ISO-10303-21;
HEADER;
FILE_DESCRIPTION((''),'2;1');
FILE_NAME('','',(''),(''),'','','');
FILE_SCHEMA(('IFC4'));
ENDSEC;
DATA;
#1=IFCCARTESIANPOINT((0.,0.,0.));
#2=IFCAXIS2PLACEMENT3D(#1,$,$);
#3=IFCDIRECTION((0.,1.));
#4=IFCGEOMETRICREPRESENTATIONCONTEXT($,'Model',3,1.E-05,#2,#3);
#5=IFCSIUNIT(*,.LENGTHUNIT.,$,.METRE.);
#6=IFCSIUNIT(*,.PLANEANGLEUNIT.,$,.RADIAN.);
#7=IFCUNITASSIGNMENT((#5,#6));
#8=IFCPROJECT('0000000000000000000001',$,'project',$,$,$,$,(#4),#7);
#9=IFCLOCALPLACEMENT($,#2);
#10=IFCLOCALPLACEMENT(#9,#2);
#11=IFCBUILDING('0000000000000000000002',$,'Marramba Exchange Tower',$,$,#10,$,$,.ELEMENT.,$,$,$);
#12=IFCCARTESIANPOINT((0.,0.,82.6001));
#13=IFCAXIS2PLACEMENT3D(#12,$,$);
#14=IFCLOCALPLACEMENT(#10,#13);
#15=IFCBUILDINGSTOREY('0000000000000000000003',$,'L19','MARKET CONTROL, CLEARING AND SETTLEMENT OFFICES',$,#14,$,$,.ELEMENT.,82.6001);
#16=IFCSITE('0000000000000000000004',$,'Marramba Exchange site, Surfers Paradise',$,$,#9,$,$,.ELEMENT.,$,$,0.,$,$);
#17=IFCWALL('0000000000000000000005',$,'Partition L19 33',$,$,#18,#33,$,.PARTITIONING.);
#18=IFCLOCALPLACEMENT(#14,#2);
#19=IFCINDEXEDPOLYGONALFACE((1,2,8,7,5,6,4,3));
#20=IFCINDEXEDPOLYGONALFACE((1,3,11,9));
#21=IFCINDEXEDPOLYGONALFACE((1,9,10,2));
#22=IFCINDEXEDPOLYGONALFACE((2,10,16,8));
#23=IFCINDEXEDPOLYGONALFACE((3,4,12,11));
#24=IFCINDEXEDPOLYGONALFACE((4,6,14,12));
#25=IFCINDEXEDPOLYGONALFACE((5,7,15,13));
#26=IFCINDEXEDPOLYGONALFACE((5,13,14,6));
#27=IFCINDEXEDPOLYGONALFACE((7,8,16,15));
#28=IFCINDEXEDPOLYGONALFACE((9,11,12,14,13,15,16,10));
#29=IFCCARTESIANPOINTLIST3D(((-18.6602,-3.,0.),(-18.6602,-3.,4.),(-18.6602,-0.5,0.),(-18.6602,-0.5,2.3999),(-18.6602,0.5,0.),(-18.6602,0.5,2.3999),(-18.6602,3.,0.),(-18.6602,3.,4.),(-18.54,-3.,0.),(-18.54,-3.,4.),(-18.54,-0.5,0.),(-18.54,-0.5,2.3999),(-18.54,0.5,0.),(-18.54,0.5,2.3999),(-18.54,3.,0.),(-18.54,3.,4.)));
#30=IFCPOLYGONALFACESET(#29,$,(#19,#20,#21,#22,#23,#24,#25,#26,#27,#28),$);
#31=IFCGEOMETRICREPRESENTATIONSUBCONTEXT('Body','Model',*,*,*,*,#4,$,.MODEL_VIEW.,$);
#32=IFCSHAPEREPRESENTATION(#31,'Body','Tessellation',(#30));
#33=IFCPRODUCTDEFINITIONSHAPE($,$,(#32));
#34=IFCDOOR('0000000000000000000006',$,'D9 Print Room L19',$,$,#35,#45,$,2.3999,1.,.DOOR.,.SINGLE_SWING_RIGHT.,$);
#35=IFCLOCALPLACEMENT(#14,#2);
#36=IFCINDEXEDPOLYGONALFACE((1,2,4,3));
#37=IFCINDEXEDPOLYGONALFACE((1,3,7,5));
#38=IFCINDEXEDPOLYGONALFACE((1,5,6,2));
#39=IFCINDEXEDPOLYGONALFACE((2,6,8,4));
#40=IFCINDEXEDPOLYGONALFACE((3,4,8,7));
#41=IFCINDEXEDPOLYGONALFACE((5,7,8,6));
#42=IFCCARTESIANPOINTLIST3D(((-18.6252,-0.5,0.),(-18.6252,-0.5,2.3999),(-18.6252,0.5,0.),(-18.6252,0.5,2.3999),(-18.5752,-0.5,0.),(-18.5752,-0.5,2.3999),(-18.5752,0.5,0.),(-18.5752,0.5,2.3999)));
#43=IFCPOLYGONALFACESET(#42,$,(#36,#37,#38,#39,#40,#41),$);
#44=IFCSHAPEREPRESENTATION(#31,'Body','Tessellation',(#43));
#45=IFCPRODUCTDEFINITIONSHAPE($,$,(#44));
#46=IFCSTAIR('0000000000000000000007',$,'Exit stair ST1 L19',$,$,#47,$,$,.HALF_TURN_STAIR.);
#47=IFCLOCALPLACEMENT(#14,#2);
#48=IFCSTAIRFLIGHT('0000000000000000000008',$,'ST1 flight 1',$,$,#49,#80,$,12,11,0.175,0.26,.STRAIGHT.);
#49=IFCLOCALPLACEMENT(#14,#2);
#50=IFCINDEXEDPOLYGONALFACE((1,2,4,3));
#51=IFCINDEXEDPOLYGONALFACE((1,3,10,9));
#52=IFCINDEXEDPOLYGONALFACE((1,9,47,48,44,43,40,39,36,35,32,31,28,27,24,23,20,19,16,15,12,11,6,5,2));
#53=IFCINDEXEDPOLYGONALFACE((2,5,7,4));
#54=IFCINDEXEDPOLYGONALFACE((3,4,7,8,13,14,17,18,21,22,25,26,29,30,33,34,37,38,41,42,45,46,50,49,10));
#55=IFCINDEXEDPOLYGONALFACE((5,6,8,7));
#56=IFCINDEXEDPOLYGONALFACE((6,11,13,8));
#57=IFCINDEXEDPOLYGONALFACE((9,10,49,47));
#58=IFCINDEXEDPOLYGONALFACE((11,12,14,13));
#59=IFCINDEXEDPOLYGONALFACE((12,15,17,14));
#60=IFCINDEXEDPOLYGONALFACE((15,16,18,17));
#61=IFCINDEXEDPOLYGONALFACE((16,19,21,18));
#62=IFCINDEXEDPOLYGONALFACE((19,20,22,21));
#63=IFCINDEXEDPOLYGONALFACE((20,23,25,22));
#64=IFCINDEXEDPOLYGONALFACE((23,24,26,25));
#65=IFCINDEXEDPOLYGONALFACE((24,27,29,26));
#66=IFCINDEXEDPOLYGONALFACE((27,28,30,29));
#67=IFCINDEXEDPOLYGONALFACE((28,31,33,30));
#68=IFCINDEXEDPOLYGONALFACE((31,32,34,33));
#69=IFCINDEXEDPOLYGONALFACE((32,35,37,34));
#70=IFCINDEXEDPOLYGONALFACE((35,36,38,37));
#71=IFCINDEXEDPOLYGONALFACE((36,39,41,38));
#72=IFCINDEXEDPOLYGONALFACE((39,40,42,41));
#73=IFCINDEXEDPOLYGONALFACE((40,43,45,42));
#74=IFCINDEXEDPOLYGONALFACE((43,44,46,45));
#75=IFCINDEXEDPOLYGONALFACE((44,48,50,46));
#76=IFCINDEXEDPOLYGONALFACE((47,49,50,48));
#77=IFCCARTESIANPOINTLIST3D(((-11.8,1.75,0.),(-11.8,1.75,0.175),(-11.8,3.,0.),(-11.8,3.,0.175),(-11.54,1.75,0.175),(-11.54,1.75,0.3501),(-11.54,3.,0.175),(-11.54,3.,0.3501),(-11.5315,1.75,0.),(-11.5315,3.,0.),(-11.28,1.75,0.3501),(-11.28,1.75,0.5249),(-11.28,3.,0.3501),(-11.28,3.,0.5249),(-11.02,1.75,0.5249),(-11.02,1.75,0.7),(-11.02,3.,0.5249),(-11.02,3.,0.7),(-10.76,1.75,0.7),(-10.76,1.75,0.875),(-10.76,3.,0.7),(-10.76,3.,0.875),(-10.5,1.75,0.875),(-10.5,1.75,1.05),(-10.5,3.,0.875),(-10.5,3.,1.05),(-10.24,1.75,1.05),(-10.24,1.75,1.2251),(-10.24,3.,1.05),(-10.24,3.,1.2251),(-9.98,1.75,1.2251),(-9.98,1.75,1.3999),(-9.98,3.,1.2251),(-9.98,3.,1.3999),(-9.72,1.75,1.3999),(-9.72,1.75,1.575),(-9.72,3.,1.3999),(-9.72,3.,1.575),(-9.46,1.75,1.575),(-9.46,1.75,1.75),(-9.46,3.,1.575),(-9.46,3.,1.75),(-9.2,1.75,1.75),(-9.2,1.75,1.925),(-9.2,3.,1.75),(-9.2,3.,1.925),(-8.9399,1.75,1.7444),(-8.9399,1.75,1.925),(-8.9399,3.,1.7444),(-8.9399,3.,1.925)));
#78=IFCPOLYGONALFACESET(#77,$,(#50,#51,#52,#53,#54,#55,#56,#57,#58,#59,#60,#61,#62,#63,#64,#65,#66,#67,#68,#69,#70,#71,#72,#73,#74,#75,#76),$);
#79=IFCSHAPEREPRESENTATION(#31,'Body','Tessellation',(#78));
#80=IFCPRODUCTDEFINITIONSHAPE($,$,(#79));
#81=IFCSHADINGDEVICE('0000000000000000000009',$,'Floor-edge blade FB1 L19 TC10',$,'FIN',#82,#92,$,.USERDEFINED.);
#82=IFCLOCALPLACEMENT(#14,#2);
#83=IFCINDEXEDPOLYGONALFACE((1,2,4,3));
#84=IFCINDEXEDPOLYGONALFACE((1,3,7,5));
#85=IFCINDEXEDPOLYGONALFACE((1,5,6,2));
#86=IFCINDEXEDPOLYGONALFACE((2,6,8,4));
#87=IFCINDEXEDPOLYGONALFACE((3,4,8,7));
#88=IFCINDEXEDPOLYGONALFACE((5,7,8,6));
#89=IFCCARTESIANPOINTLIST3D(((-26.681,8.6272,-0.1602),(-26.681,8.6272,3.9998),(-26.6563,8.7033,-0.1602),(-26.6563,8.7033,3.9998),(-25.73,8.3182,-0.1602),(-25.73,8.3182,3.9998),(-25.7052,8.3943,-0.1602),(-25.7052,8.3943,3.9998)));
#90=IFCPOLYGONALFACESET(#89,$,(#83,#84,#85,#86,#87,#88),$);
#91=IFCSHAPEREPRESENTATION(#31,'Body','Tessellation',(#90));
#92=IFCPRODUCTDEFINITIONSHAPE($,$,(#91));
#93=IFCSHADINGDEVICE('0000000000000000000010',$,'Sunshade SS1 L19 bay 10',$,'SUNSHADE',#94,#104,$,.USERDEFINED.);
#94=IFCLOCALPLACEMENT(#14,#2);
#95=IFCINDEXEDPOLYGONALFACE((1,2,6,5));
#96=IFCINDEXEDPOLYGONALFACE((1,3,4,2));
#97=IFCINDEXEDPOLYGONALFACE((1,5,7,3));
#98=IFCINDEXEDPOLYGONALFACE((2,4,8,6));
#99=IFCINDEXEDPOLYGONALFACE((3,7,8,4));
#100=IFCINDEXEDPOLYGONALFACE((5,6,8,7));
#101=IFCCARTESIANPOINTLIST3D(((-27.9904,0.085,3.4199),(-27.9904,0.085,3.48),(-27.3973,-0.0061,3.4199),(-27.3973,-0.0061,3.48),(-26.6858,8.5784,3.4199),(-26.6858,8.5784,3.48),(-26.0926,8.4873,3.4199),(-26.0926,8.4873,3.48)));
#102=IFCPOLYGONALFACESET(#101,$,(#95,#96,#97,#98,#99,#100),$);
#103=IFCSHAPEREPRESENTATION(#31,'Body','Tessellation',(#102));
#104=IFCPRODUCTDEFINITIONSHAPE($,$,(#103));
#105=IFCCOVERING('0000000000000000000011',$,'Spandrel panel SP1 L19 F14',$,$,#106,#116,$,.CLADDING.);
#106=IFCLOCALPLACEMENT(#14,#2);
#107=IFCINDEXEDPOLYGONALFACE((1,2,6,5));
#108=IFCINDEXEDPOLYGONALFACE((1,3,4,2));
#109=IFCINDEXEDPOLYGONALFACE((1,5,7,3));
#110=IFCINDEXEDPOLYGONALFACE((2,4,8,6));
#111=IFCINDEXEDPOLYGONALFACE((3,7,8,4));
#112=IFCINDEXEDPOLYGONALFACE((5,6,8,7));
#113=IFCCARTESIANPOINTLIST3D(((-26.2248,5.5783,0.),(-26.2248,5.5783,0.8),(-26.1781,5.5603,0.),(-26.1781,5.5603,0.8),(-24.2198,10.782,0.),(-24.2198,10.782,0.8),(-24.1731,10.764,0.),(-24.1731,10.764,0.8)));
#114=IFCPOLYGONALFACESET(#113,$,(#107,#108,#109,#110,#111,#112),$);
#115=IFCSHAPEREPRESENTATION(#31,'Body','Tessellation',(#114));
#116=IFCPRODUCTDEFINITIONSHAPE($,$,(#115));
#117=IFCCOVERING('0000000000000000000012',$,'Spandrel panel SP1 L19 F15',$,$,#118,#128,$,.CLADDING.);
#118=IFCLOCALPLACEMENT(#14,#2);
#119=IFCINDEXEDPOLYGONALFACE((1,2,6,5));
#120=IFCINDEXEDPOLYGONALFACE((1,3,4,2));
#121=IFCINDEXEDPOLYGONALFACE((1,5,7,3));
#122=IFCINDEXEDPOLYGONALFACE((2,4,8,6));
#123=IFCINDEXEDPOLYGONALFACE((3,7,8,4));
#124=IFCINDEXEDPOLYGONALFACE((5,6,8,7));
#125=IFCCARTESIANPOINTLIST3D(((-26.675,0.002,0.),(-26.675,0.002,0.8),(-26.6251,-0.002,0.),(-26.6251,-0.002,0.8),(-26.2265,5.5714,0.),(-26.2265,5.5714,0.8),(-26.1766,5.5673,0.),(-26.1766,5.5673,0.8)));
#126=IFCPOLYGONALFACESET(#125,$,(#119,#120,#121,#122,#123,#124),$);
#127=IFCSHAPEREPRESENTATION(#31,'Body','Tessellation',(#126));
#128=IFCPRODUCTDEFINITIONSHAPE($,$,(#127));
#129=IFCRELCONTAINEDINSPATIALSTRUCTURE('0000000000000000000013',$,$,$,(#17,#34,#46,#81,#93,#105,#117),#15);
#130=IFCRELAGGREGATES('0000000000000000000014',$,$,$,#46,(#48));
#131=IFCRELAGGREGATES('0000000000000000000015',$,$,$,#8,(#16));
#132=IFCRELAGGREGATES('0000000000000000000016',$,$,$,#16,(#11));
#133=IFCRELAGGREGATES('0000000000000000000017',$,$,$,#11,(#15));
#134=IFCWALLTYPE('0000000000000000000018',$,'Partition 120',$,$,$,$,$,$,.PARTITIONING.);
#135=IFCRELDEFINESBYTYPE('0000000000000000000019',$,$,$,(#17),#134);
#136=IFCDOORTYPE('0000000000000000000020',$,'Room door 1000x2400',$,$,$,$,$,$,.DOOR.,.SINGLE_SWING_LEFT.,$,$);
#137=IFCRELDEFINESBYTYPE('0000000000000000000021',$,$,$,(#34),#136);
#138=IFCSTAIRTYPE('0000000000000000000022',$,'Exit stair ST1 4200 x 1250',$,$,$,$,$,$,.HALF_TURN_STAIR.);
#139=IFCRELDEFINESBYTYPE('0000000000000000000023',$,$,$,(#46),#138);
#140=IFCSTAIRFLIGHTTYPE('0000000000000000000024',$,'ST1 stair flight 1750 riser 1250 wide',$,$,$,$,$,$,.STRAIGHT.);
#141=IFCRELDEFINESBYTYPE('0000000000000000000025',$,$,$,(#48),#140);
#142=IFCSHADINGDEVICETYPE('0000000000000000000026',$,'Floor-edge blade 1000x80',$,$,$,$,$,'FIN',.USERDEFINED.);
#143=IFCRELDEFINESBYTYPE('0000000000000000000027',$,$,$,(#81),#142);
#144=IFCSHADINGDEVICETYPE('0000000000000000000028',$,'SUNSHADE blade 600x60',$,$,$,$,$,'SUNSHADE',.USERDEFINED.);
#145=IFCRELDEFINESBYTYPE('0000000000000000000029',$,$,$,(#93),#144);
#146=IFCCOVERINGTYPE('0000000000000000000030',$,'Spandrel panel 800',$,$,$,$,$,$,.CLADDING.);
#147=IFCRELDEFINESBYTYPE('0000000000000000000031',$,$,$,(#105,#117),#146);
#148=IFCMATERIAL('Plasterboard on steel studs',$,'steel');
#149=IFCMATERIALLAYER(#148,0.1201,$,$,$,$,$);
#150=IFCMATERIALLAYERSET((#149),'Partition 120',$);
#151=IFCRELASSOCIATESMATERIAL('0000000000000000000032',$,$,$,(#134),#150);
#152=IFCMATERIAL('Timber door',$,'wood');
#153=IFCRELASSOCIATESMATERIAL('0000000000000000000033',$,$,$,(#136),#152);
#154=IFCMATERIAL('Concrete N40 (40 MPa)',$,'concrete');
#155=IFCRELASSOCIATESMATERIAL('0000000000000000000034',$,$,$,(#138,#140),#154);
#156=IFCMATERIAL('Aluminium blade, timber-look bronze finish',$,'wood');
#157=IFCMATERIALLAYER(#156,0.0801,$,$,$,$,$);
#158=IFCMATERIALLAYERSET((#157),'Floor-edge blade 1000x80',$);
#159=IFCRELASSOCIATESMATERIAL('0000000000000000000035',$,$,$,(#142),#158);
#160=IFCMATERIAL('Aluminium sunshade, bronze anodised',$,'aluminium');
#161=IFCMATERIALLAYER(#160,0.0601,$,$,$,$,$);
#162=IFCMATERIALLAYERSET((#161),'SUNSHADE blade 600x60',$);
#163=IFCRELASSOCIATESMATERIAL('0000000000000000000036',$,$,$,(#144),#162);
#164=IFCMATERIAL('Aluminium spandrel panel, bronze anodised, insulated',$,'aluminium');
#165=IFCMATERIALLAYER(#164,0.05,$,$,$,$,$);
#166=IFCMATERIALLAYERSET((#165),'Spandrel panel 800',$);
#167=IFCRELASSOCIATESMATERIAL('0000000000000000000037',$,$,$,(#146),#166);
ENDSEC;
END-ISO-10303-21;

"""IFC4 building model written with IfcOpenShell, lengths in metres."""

from ifc_helpers import new_model, si_unit, direction, frame, frame_2d, origin, origin_2d, place, context, subcontext, project, spatial, polyline, rectangle, outline, extrude, material, layer, layer_set, type_object, element, fill, aggregate, save


model = new_model("IFC4")

# Units and contexts
model_context = context("Model", 3, precision=1e-05, world=origin(), true_north=direction((0.0, 1.0)))
body_context = subcontext(model_context, "Body", "Model", "MODEL_VIEW")
ifc_project = project(units=[si_unit("LENGTHUNIT", "METRE"), si_unit("PLANEANGLEUNIT", "RADIAN")], contexts=[model_context])

# Site, building, storey
site_placement = place(None, origin())
site = spatial("IfcSite", under=ifc_project, at=site_placement, Name="Marramba Exchange site, Surfers Paradise", CompositionType="ELEMENT", RefElevation=0.0)
building_placement = place(site_placement, origin())
building = spatial("IfcBuilding", under=site, at=building_placement, Name="Marramba Exchange Tower", CompositionType="ELEMENT")
storey_placement = place(building_placement, frame((0.0, 0.0, 82.6001)))
storey = spatial("IfcBuildingStorey", under=building, at=storey_placement, Name="L19", Description="MARKET CONTROL, CLEARING AND SETTLEMENT OFFICES", CompositionType="ELEMENT", Elevation=82.6001)

# Shared definitions
ifc_material_1 = material(Name="Plasterboard on steel studs", Category="steel")
ifc_layer_1 = layer(ifc_material_1, 0.1201)
ifc_layer_set_1 = layer_set([ifc_layer_1], Name="Partition 120")
wall_type_1 = type_object("IfcWallType", Name="Partition 120", PredefinedType="PARTITIONING", material=ifc_layer_set_1)

# Wall, opening, door
wall_1_placement = place(storey_placement, frame((-18.6001, 3.0, 0.0), z_axis=(0.0, 0.0, 1.0), x_axis=(0.0, -1.0, 0.0)))
wall_1 = element("IfcWall", 1, at=wall_1_placement, inside=storey, type_object=wall_type_1, Name="Partition L19 33", PredefinedType="PARTITIONING", context=body_context, shape_type="SweptSolid", body=[
    extrude(rectangle(XDim=6.0, YDim=0.1201, at=frame_2d((3.0, 0.0))), origin(), (0.0, 0.0, 1.0), 4.0),
])
opening_1_placement = place(wall_1_placement, frame((2.5, 0.0, 0.0)))
opening_1 = element("IfcOpeningElement", 2, at=opening_1_placement, cuts=wall_1, PredefinedType="OPENING", context=body_context, shape_type="SweptSolid", body=[
    extrude(rectangle(XDim=1.0, YDim=2.3999, at=frame_2d((0.5, 1.2))), frame((0.0, 0.0701, 0.0), z_axis=(0.0, -1.0, 0.0), x_axis=(1.0, 0.0, 0.0)), (0.0, 0.0, 1.0), 0.1401),
])
ifc_material_2 = material(Name="Timber door", Category="wood")
door_type_1 = type_object("IfcDoorType", Name="Room door 1000x2400", OperationType="SINGLE_SWING_LEFT", PredefinedType="DOOR", material=ifc_material_2)
door_1_placement = place(opening_1_placement, origin())
door_1 = element("IfcDoor", 3, at=door_1_placement, inside=storey, type_object=door_type_1, Name="D9 Print Room L19", OperationType="SINGLE_SWING_RIGHT", OverallHeight=2.3999, OverallWidth=1.0, PredefinedType="DOOR", context=body_context, shape_type="SweptSolid", body=[
    extrude(rectangle(XDim=1.0, YDim=2.3999, at=frame_2d((0.5, 1.2))), frame((0.0, 0.0249, 0.0), z_axis=(0.0, -1.0, 0.0), x_axis=(1.0, 0.0, 0.0)), (0.0, 0.0, 1.0), 0.05),
])
fill(opening_1, door_1)

# Stair, stair flight
ifc_material_3 = material(Name="Concrete N40 (40 MPa)", Category="concrete")
stair_type = type_object("IfcStairType", Name="Exit stair ST1 4200 x 1250", PredefinedType="HALF_TURN_STAIR", material=ifc_material_3)
stair_placement = place(storey_placement, origin())
stair = element("IfcStair", 4, at=stair_placement, inside=storey, type_object=stair_type, Name="Exit stair ST1 L19", PredefinedType="HALF_TURN_STAIR")
stair_flight_type = type_object("IfcStairFlightType", Name="ST1 stair flight 1750 riser 1250 wide", PredefinedType="STRAIGHT", material=ifc_material_3)
stair_flight_placement = place(storey_placement, frame((-11.8, 2.375, 0.0), z_axis=(0.0, 0.0, 1.0), x_axis=(1.0, 0.0, 0.0)))
stair_flight = element("IfcStairFlight", 5, at=stair_flight_placement, type_object=stair_flight_type, Name="ST1 flight 1", NumberOfRisers=12, NumberOfTreads=11, PredefinedType="STRAIGHT", RiserHeight=0.175, TreadLength=0.26, context=body_context, shape_type="SweptSolid", body=[
    extrude(outline(polyline([(0.0, 0.0), (0.0, 0.175), (0.26, 0.175), (0.26, 0.3501), (0.52, 0.3501), (0.52, 0.5249), (0.78, 0.5249), (0.78, 0.7), (1.04, 0.7), (1.04, 0.875), (1.3, 0.875), (1.3, 1.05), (1.5601, 1.05), (1.5601, 1.2251), (1.8201, 1.2251), (1.8201, 1.3999), (2.0801, 1.3999), (2.0801, 1.575), (2.3401, 1.575), (2.3401, 1.75), (2.6001, 1.75), (2.6001, 1.925), (2.8601, 1.925), (2.8601, 2.1001), (2.8601, 1.7444), (0.2686, 0.0), (0.0, 0.0)])), frame((0.0, 0.625, 0.0), z_axis=(0.0, -1.0, 0.0), x_axis=(1.0, 0.0, 0.0)), (0.0, 0.0, 1.0), 1.25),
])
aggregate(stair, [stair_flight])

# Shading devices
ifc_material_4 = material(Name="Aluminium blade, timber-look bronze finish", Category="wood")
ifc_layer_2 = layer(ifc_material_4, 0.0801)
ifc_layer_set_2 = layer_set([ifc_layer_2], Name="Floor-edge blade 1000x80")
shading_device_type_1 = type_object("IfcShadingDeviceType", Name="Floor-edge blade 1000x80", ElementType="FIN", PredefinedType="USERDEFINED", material=ifc_layer_set_2)
shading_device_1_placement = place(storey_placement, frame((-26.1931, 8.5107, -0.1602), z_axis=(0.0, 0.0, 1.0), x_axis=(-0.951057, 0.309017, 0.0)))
element("IfcShadingDevice", 6, at=shading_device_1_placement, inside=storey, type_object=shading_device_type_1, Name="Floor-edge blade FB1 L19 TC10", ObjectType="FIN", PredefinedType="USERDEFINED", context=body_context, shape_type="SweptSolid", body=[
    extrude(rectangle(XDim=1.0, YDim=0.0801, at=origin_2d()), origin(), (0.0, 0.0, 1.0), 4.1599),
])
ifc_material_5 = material(Name="Aluminium sunshade, bronze anodised", Category="aluminium")
ifc_layer_3 = layer(ifc_material_5, 0.0601)
ifc_layer_set_3 = layer_set([ifc_layer_3], Name="SUNSHADE blade 600x60")
shading_device_type_2 = type_object("IfcShadingDeviceType", Name="SUNSHADE blade 600x60", ElementType="SUNSHADE", PredefinedType="USERDEFINED", material=ifc_layer_set_3)
shading_device_2_placement = place(storey_placement, frame((-27.0415, 4.2861, 3.4199), z_axis=(0.0, 0.0, 1.0), x_axis=(-0.151825, -0.988407, 0.0)))
element("IfcShadingDevice", 7, at=shading_device_2_placement, inside=storey, type_object=shading_device_type_2, Name="Sunshade SS1 L19 bay 10", ObjectType="SUNSHADE", PredefinedType="USERDEFINED", context=body_context, shape_type="SweptSolid", body=[
    extrude(rectangle(XDim=8.593, YDim=0.6001, at=origin_2d()), origin(), (0.0, 0.0, 1.0), 0.0601),
])

# Coverings
ifc_material_6 = material(Name="Aluminium spandrel panel, bronze anodised, insulated", Category="aluminium")
ifc_layer_4 = layer(ifc_material_6, 0.05)
ifc_layer_set_4 = layer_set([ifc_layer_4], Name="Spandrel panel 800")
covering_type = type_object("IfcCoveringType", Name="Spandrel panel 800", PredefinedType="CLADDING", material=ifc_layer_set_4)
covering_1_placement = place(storey_placement, frame((-25.199, 8.1711, 0.0), z_axis=(0.0, 0.0, 1.0), x_axis=(-0.359526, -0.933135, 0.0)))
element("IfcCovering", 8, at=covering_1_placement, inside=storey, type_object=covering_type, Name="Spandrel panel SP1 L19 F14", PredefinedType="CLADDING", context=body_context, shape_type="SweptSolid", body=[
    extrude(rectangle(XDim=5.5767, YDim=0.05, at=origin_2d()), origin(), (0.0, 0.0, 1.0), 0.8),
])
covering_2_placement = place(storey_placement, frame((-26.4258, 2.7847, 0.0), z_axis=(0.0, 0.0, 1.0), x_axis=(-0.080275, -0.996773, 0.0)))
element("IfcCovering", 9, at=covering_2_placement, inside=storey, type_object=covering_type, Name="Spandrel panel SP1 L19 F15", PredefinedType="CLADDING", context=body_context, shape_type="SweptSolid", body=[
    extrude(rectangle(XDim=5.5874, YDim=0.05, at=origin_2d()), origin(), (0.0, 0.0, 1.0), 0.8),
])

save(model, "model.ifc")
